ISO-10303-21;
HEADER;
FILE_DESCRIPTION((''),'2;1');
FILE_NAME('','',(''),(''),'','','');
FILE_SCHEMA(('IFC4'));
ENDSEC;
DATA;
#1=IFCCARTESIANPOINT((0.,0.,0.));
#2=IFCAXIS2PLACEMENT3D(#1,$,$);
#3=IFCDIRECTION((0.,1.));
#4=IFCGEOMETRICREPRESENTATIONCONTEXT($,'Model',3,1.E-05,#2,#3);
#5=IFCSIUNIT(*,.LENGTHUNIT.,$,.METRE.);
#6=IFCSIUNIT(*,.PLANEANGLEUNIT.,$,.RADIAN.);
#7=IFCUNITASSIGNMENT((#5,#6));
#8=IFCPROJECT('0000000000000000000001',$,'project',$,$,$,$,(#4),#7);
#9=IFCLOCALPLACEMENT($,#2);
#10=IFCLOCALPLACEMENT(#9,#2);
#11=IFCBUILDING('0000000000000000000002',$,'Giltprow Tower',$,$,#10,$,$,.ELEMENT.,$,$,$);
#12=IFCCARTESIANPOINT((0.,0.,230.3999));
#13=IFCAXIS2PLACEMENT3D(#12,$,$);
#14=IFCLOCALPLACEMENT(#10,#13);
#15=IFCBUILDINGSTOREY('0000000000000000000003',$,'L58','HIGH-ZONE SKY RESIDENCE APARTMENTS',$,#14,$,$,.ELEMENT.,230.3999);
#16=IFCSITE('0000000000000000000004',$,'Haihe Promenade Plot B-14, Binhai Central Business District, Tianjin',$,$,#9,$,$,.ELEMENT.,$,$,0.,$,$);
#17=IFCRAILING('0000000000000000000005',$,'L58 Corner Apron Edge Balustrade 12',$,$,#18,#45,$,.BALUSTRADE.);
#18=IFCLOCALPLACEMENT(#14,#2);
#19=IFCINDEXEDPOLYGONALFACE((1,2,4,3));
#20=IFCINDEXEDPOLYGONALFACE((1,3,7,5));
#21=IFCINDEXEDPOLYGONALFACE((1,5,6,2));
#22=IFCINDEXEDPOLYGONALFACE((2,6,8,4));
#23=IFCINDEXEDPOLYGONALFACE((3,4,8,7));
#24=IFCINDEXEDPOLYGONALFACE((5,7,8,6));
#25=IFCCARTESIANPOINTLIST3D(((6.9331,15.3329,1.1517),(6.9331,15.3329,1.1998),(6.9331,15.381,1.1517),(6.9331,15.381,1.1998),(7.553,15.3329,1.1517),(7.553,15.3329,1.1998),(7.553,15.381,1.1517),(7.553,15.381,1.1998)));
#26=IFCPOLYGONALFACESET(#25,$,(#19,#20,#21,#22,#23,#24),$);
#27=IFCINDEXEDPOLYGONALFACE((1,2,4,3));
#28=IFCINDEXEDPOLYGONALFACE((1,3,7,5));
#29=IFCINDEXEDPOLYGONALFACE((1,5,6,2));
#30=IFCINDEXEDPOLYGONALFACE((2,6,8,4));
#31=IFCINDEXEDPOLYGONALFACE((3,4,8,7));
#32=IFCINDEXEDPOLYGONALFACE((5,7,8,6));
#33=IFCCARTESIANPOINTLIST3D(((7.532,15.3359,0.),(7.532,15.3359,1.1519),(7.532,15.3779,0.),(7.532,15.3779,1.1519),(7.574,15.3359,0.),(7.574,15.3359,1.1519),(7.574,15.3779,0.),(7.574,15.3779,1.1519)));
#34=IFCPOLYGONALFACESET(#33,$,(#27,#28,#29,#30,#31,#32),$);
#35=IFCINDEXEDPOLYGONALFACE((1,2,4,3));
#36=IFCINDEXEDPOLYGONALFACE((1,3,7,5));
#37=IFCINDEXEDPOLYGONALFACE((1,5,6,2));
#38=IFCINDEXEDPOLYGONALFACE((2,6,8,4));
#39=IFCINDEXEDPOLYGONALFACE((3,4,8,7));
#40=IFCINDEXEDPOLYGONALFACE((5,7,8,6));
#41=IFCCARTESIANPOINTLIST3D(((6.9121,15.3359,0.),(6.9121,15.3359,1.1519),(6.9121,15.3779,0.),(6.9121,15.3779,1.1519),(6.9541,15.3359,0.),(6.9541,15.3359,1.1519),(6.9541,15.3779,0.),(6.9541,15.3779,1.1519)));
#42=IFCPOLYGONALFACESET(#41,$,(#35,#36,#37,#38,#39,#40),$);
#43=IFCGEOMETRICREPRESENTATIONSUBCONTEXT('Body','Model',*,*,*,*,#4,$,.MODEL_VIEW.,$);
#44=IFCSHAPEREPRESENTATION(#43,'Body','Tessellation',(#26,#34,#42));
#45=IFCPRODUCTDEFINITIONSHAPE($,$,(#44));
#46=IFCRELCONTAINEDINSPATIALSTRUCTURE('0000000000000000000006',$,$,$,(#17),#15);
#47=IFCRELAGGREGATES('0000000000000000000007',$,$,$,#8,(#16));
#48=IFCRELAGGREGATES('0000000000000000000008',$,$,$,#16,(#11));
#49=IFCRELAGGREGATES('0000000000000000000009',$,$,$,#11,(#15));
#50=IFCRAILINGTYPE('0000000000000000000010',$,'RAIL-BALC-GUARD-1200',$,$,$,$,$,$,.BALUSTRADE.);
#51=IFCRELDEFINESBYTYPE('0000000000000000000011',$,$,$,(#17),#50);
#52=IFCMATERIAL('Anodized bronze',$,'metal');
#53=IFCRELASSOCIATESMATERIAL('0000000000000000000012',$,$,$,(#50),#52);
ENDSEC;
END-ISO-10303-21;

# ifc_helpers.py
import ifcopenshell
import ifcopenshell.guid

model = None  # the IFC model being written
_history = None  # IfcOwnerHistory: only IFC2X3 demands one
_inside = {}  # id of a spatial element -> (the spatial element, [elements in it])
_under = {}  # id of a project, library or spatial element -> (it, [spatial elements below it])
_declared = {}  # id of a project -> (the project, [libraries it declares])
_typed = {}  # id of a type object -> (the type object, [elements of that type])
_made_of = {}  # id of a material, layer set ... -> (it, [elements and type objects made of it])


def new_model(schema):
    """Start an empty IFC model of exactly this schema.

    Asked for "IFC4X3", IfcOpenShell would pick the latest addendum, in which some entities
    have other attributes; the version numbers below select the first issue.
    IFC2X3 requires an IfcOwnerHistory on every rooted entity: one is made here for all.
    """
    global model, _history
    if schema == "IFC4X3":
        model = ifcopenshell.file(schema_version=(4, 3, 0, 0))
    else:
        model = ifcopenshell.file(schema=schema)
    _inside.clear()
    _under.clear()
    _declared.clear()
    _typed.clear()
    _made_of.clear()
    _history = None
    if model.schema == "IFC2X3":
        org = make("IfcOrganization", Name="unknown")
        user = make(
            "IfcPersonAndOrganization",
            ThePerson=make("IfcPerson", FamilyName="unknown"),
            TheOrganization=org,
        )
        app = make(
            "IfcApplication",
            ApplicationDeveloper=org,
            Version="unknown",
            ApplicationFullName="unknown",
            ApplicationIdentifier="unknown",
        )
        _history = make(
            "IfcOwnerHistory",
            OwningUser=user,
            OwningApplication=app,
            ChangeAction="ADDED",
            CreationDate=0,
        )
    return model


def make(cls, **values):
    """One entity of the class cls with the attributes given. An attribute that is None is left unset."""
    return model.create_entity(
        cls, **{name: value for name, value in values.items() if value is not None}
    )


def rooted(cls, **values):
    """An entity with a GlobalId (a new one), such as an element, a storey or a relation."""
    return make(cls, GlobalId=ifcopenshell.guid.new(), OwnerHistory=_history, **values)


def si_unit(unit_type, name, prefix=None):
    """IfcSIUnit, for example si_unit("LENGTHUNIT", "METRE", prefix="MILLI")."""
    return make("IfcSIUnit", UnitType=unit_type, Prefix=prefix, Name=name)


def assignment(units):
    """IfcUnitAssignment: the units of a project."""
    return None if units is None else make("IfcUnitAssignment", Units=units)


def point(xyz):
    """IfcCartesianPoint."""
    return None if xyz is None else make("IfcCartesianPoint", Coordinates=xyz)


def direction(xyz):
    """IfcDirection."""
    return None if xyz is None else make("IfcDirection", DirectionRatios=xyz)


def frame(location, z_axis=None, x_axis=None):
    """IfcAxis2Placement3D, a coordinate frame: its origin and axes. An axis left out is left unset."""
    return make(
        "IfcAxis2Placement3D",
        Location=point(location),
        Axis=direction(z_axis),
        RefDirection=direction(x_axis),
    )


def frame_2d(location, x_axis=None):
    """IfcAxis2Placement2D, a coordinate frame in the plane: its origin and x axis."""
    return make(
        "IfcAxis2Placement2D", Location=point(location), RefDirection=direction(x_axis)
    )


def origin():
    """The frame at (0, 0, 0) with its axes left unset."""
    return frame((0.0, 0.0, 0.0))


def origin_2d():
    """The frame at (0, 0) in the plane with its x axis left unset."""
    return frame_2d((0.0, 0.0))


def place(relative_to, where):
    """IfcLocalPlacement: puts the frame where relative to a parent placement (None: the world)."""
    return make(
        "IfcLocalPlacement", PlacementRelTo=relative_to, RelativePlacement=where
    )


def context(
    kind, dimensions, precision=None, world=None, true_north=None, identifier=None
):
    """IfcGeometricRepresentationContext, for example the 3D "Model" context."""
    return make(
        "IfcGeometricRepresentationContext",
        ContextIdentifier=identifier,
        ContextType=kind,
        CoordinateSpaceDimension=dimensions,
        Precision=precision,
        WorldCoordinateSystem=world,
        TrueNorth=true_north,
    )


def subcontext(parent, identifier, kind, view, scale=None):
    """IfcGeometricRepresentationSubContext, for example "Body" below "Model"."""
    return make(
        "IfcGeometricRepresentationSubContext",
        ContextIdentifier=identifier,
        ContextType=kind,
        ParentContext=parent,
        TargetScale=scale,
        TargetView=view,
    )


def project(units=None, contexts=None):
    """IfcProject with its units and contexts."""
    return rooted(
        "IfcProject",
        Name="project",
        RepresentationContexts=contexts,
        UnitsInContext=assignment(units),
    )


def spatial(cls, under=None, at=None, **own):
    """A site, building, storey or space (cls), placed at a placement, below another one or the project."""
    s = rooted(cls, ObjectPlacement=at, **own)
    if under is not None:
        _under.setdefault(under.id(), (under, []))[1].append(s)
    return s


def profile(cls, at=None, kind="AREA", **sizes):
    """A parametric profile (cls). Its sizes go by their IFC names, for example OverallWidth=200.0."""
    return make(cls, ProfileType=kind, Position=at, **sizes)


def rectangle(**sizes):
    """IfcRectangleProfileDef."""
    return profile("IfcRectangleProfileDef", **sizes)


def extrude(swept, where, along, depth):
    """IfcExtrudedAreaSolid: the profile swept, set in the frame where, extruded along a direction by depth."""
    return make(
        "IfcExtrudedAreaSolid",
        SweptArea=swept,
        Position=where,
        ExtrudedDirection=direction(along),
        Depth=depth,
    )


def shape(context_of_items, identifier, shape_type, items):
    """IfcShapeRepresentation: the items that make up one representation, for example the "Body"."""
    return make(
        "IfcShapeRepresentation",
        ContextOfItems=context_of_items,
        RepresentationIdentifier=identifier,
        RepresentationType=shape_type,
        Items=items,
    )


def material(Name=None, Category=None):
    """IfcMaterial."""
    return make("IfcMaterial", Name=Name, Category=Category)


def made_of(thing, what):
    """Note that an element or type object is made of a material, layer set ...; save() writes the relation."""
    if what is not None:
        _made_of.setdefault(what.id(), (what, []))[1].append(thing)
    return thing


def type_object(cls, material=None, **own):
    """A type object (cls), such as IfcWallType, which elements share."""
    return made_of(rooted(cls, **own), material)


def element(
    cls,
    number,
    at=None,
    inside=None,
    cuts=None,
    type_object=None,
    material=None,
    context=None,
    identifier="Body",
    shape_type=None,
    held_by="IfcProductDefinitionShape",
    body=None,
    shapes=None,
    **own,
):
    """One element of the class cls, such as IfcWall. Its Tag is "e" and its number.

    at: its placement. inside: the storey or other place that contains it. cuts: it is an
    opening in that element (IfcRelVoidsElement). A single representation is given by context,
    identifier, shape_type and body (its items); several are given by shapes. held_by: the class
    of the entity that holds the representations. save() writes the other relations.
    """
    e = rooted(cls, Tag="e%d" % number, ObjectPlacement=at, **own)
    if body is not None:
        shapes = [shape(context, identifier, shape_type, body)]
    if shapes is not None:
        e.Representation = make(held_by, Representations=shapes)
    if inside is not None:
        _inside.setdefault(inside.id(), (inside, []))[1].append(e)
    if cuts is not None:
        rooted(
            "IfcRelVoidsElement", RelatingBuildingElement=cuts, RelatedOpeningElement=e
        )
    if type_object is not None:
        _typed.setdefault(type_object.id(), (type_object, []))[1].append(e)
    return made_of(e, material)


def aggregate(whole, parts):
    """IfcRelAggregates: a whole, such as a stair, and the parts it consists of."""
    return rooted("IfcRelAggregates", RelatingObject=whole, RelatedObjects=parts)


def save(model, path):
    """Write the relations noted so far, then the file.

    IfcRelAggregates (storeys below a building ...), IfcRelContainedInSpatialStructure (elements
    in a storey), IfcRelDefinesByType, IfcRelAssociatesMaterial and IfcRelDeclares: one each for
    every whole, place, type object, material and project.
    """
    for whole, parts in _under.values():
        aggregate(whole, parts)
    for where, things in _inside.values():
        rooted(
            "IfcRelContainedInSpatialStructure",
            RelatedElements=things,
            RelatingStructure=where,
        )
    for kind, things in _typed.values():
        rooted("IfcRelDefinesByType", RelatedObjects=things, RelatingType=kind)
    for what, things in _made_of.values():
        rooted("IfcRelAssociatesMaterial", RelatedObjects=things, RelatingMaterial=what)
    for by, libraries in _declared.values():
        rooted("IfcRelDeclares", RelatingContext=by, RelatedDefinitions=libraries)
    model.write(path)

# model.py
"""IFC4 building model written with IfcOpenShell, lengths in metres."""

from ifc_helpers import new_model, si_unit, direction, frame, origin, origin_2d, place, context, subcontext, project, spatial, rectangle, extrude, material, type_object, element, save


model = new_model("IFC4")

# Units and contexts
model_context = context("Model", 3, precision=1e-05, world=origin(), true_north=direction((0.0, 1.0)))
body_context = subcontext(model_context, "Body", "Model", "MODEL_VIEW")
ifc_project = project(units=[si_unit("LENGTHUNIT", "METRE"), si_unit("PLANEANGLEUNIT", "RADIAN")], contexts=[model_context])

# Site, building, storey
site_placement = place(None, origin())
site = spatial("IfcSite", under=ifc_project, at=site_placement, Name="Haihe Promenade Plot B-14, Binhai Central Business District, Tianjin", CompositionType="ELEMENT", RefElevation=0.0)
building_placement = place(site_placement, origin())
building = spatial("IfcBuilding", under=site, at=building_placement, Name="Giltprow Tower", CompositionType="ELEMENT")
storey_placement = place(building_placement, frame((0.0, 0.0, 230.3999)))
storey = spatial("IfcBuildingStorey", under=building, at=storey_placement, Name="L58", Description="HIGH-ZONE SKY RESIDENCE APARTMENTS", CompositionType="ELEMENT", Elevation=230.3999)

# Shared definitions
ifc_material_1 = material(Name="Anodized bronze", Category="metal")

# Railing
railing_type = type_object("IfcRailingType", Name="RAIL-BALC-GUARD-1200", PredefinedType="BALUSTRADE", material=ifc_material_1)
railing_1_placement = place(storey_placement, frame((7.553, 15.3569, 0.0)))
element("IfcRailing", 1, at=railing_1_placement, inside=storey, type_object=railing_type, Name="L58 Corner Apron Edge Balustrade 12", PredefinedType="BALUSTRADE", context=body_context, shape_type="SweptSolid", body=[
    extrude(rectangle(XDim=0.0481, YDim=0.0481, at=origin_2d()), frame((0.0, 0.0, 1.1758), z_axis=(-1.0, 0.0, 0.0), x_axis=(0.0, -1.0, 0.0)), (0.0, 0.0, 1.0), 0.6199),
    extrude(rectangle(XDim=0.042, YDim=0.042, at=origin_2d()), origin(), (0.0, 0.0, 1.0), 1.1519),
    extrude(rectangle(XDim=0.042, YDim=0.042, at=origin_2d()), frame((-0.6199, 0.0, 0.0)), (0.0, 0.0, 1.0), 1.1519),
])

save(model, "model.ifc")
